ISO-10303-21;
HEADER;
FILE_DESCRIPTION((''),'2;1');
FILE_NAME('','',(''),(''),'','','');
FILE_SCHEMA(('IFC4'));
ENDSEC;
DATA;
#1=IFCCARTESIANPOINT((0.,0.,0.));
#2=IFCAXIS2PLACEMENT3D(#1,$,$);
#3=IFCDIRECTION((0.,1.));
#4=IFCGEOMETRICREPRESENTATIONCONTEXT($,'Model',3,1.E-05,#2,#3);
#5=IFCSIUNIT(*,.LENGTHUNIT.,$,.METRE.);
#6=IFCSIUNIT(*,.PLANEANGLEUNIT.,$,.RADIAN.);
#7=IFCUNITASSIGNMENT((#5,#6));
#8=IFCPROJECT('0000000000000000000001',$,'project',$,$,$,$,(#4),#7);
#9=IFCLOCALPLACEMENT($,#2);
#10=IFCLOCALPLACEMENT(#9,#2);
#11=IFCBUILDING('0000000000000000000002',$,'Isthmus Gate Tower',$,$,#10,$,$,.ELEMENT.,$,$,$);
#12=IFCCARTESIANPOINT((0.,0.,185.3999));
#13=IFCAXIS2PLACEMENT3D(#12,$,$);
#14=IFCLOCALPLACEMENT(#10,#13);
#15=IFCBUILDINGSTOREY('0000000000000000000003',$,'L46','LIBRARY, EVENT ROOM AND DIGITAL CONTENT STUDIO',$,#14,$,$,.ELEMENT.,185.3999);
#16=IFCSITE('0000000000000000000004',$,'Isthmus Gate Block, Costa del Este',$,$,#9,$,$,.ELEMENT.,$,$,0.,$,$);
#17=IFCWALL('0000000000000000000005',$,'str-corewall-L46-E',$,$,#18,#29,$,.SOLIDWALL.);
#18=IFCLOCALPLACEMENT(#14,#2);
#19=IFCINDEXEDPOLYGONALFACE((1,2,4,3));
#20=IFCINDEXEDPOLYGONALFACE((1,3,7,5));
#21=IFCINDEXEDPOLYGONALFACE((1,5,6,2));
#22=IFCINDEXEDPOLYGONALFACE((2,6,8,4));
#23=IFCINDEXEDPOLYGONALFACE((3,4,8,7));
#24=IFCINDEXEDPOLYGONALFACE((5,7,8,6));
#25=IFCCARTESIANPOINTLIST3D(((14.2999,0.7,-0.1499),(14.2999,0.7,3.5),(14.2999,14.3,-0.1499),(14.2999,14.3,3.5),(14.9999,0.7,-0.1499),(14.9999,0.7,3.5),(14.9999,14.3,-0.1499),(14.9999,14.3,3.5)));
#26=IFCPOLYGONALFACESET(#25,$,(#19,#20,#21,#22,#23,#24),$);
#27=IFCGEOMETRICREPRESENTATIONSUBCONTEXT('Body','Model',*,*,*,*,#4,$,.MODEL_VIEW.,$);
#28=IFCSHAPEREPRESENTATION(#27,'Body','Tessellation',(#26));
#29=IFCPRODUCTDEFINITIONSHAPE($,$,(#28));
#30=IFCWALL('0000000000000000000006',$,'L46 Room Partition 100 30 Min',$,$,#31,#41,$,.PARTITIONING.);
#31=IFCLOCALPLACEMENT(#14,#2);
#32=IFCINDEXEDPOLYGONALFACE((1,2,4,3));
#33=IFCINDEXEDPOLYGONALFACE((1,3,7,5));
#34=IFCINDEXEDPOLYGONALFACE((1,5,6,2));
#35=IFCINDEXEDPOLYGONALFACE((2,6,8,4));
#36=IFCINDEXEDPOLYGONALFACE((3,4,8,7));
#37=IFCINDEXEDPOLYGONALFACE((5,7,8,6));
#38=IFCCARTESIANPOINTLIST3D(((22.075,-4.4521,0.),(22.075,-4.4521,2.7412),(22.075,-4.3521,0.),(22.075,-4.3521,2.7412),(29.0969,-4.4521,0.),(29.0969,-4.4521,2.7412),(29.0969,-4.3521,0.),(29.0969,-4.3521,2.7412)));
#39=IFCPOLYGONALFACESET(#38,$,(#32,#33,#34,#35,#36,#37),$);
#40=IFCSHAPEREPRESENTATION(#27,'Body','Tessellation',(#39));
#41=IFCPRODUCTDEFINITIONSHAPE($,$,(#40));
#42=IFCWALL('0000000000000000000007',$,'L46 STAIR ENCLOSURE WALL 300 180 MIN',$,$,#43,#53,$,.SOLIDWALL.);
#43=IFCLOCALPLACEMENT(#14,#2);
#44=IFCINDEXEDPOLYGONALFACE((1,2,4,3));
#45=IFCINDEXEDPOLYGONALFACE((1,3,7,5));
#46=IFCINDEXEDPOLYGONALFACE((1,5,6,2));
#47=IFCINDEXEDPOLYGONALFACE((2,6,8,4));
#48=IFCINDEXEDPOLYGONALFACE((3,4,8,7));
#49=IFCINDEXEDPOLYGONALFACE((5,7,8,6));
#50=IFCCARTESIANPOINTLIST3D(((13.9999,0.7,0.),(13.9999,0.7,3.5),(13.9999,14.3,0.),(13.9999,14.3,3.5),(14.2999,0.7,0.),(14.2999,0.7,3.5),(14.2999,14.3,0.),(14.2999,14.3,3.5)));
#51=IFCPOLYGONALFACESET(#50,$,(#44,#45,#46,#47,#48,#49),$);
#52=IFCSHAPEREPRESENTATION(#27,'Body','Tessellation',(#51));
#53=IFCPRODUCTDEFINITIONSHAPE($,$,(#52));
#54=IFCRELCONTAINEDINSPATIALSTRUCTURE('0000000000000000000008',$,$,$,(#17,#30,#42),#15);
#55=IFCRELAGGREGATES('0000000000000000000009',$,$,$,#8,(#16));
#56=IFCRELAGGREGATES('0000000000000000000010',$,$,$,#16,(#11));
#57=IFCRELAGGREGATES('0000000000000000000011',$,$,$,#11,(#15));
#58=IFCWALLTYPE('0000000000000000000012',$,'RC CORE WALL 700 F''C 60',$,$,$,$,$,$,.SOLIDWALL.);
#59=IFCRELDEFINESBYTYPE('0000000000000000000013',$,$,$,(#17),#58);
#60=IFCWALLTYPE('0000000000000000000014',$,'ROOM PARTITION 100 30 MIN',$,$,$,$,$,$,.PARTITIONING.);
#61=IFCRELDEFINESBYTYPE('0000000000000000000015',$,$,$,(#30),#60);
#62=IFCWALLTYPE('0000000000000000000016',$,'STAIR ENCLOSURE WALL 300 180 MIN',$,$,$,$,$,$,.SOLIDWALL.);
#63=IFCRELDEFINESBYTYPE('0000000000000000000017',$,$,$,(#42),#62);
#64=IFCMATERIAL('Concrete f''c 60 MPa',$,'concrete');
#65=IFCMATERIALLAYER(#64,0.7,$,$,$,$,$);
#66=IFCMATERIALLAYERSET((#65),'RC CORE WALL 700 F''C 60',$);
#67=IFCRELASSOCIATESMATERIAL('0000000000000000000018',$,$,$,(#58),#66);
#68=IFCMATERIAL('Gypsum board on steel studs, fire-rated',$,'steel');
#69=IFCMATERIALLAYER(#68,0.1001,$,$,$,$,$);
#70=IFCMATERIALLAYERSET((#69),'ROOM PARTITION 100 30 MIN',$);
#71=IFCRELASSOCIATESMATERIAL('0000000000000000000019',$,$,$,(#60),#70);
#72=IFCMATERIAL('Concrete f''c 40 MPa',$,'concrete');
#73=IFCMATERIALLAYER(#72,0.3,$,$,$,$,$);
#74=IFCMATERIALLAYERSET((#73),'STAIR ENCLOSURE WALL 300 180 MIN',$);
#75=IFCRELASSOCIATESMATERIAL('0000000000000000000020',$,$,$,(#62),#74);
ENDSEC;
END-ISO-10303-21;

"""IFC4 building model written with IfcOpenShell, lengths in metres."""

from ifc_helpers import new_model, si_unit, direction, frame, frame_2d, origin, place, context, subcontext, project, spatial, rectangle, extrude, material, layer, layer_set, type_object, element, save


model = new_model("IFC4")

# Units and contexts
model_context = context("Model", 3, precision=1e-05, world=origin(), true_north=direction((0.0, 1.0)))
body_context = subcontext(model_context, "Body", "Model", "MODEL_VIEW")
ifc_project = project(units=[si_unit("LENGTHUNIT", "METRE"), si_unit("PLANEANGLEUNIT", "RADIAN")], contexts=[model_context])

# Site, building, storey
site_placement = place(None, origin())
site = spatial("IfcSite", under=ifc_project, at=site_placement, Name="Isthmus Gate Block, Costa del Este", CompositionType="ELEMENT", RefElevation=0.0)
building_placement = place(site_placement, origin())
building = spatial("IfcBuilding", under=site, at=building_placement, Name="Isthmus Gate Tower", CompositionType="ELEMENT")
storey_placement = place(building_placement, frame((0.0, 0.0, 185.3999)))
storey = spatial("IfcBuildingStorey", under=building, at=storey_placement, Name="L46", Description="LIBRARY, EVENT ROOM AND DIGITAL CONTENT STUDIO", CompositionType="ELEMENT", Elevation=185.3999)

# Walls
ifc_material_1 = material(Name="Concrete f'c 60 MPa", Category="concrete")
ifc_layer_1 = layer(ifc_material_1, 0.7)
ifc_layer_set_1 = layer_set([ifc_layer_1], Name="RC CORE WALL 700 F'C 60")
wall_type_1 = type_object("IfcWallType", Name="RC CORE WALL 700 F'C 60", PredefinedType="SOLIDWALL", material=ifc_layer_set_1)
wall_1_placement = place(storey_placement, frame((14.6499, 0.7, -0.1499), z_axis=(0.0, 0.0, 1.0), x_axis=(0.0, 1.0, 0.0)))
element("IfcWall", 1, at=wall_1_placement, inside=storey, type_object=wall_type_1, Name="str-corewall-L46-E", PredefinedType="SOLIDWALL", context=body_context, shape_type="SweptSolid", body=[
    extrude(rectangle(XDim=13.6001, YDim=0.7, at=frame_2d((6.8, 0.0))), origin(), (0.0, 0.0, 1.0), 3.6499),
])
ifc_material_2 = material(Name="Gypsum board on steel studs, fire-rated", Category="steel")
ifc_layer_2 = layer(ifc_material_2, 0.1001)
ifc_layer_set_2 = layer_set([ifc_layer_2], Name="ROOM PARTITION 100 30 MIN")
wall_type_2 = type_object("IfcWallType", Name="ROOM PARTITION 100 30 MIN", PredefinedType="PARTITIONING", material=ifc_layer_set_2)
wall_2_placement = place(storey_placement, frame((22.075, -4.4021, 0.0), z_axis=(0.0, 0.0, 1.0), x_axis=(1.0, 0.0, 0.0)))
element("IfcWall", 2, at=wall_2_placement, inside=storey, type_object=wall_type_2, Name="L46 Room Partition 100 30 Min", PredefinedType="PARTITIONING", context=body_context, shape_type="SweptSolid", body=[
    extrude(rectangle(XDim=7.022, YDim=0.1001, at=frame_2d((3.511, 0.0))), origin(), (0.0, 0.0, 1.0), 2.7412),
])
ifc_material_3 = material(Name="Concrete f'c 40 MPa", Category="concrete")
ifc_layer_3 = layer(ifc_material_3, 0.3)
ifc_layer_set_3 = layer_set([ifc_layer_3], Name="STAIR ENCLOSURE WALL 300 180 MIN")
wall_type_3 = type_object("IfcWallType", Name="STAIR ENCLOSURE WALL 300 180 MIN", PredefinedType="SOLIDWALL", material=ifc_layer_set_3)
wall_3_placement = place(storey_placement, frame((14.1499, 0.7, 0.0), z_axis=(0.0, 0.0, 1.0), x_axis=(0.0, 1.0, 0.0)))
element("IfcWall", 3, at=wall_3_placement, inside=storey, type_object=wall_type_3, Name="L46 STAIR ENCLOSURE WALL 300 180 MIN", PredefinedType="SOLIDWALL", context=body_context, shape_type="SweptSolid", body=[
    extrude(rectangle(XDim=13.6001, YDim=0.3, at=frame_2d((6.8, 0.0))), origin(), (0.0, 0.0, 1.0), 3.5),
])

save(model, "model.ifc")
